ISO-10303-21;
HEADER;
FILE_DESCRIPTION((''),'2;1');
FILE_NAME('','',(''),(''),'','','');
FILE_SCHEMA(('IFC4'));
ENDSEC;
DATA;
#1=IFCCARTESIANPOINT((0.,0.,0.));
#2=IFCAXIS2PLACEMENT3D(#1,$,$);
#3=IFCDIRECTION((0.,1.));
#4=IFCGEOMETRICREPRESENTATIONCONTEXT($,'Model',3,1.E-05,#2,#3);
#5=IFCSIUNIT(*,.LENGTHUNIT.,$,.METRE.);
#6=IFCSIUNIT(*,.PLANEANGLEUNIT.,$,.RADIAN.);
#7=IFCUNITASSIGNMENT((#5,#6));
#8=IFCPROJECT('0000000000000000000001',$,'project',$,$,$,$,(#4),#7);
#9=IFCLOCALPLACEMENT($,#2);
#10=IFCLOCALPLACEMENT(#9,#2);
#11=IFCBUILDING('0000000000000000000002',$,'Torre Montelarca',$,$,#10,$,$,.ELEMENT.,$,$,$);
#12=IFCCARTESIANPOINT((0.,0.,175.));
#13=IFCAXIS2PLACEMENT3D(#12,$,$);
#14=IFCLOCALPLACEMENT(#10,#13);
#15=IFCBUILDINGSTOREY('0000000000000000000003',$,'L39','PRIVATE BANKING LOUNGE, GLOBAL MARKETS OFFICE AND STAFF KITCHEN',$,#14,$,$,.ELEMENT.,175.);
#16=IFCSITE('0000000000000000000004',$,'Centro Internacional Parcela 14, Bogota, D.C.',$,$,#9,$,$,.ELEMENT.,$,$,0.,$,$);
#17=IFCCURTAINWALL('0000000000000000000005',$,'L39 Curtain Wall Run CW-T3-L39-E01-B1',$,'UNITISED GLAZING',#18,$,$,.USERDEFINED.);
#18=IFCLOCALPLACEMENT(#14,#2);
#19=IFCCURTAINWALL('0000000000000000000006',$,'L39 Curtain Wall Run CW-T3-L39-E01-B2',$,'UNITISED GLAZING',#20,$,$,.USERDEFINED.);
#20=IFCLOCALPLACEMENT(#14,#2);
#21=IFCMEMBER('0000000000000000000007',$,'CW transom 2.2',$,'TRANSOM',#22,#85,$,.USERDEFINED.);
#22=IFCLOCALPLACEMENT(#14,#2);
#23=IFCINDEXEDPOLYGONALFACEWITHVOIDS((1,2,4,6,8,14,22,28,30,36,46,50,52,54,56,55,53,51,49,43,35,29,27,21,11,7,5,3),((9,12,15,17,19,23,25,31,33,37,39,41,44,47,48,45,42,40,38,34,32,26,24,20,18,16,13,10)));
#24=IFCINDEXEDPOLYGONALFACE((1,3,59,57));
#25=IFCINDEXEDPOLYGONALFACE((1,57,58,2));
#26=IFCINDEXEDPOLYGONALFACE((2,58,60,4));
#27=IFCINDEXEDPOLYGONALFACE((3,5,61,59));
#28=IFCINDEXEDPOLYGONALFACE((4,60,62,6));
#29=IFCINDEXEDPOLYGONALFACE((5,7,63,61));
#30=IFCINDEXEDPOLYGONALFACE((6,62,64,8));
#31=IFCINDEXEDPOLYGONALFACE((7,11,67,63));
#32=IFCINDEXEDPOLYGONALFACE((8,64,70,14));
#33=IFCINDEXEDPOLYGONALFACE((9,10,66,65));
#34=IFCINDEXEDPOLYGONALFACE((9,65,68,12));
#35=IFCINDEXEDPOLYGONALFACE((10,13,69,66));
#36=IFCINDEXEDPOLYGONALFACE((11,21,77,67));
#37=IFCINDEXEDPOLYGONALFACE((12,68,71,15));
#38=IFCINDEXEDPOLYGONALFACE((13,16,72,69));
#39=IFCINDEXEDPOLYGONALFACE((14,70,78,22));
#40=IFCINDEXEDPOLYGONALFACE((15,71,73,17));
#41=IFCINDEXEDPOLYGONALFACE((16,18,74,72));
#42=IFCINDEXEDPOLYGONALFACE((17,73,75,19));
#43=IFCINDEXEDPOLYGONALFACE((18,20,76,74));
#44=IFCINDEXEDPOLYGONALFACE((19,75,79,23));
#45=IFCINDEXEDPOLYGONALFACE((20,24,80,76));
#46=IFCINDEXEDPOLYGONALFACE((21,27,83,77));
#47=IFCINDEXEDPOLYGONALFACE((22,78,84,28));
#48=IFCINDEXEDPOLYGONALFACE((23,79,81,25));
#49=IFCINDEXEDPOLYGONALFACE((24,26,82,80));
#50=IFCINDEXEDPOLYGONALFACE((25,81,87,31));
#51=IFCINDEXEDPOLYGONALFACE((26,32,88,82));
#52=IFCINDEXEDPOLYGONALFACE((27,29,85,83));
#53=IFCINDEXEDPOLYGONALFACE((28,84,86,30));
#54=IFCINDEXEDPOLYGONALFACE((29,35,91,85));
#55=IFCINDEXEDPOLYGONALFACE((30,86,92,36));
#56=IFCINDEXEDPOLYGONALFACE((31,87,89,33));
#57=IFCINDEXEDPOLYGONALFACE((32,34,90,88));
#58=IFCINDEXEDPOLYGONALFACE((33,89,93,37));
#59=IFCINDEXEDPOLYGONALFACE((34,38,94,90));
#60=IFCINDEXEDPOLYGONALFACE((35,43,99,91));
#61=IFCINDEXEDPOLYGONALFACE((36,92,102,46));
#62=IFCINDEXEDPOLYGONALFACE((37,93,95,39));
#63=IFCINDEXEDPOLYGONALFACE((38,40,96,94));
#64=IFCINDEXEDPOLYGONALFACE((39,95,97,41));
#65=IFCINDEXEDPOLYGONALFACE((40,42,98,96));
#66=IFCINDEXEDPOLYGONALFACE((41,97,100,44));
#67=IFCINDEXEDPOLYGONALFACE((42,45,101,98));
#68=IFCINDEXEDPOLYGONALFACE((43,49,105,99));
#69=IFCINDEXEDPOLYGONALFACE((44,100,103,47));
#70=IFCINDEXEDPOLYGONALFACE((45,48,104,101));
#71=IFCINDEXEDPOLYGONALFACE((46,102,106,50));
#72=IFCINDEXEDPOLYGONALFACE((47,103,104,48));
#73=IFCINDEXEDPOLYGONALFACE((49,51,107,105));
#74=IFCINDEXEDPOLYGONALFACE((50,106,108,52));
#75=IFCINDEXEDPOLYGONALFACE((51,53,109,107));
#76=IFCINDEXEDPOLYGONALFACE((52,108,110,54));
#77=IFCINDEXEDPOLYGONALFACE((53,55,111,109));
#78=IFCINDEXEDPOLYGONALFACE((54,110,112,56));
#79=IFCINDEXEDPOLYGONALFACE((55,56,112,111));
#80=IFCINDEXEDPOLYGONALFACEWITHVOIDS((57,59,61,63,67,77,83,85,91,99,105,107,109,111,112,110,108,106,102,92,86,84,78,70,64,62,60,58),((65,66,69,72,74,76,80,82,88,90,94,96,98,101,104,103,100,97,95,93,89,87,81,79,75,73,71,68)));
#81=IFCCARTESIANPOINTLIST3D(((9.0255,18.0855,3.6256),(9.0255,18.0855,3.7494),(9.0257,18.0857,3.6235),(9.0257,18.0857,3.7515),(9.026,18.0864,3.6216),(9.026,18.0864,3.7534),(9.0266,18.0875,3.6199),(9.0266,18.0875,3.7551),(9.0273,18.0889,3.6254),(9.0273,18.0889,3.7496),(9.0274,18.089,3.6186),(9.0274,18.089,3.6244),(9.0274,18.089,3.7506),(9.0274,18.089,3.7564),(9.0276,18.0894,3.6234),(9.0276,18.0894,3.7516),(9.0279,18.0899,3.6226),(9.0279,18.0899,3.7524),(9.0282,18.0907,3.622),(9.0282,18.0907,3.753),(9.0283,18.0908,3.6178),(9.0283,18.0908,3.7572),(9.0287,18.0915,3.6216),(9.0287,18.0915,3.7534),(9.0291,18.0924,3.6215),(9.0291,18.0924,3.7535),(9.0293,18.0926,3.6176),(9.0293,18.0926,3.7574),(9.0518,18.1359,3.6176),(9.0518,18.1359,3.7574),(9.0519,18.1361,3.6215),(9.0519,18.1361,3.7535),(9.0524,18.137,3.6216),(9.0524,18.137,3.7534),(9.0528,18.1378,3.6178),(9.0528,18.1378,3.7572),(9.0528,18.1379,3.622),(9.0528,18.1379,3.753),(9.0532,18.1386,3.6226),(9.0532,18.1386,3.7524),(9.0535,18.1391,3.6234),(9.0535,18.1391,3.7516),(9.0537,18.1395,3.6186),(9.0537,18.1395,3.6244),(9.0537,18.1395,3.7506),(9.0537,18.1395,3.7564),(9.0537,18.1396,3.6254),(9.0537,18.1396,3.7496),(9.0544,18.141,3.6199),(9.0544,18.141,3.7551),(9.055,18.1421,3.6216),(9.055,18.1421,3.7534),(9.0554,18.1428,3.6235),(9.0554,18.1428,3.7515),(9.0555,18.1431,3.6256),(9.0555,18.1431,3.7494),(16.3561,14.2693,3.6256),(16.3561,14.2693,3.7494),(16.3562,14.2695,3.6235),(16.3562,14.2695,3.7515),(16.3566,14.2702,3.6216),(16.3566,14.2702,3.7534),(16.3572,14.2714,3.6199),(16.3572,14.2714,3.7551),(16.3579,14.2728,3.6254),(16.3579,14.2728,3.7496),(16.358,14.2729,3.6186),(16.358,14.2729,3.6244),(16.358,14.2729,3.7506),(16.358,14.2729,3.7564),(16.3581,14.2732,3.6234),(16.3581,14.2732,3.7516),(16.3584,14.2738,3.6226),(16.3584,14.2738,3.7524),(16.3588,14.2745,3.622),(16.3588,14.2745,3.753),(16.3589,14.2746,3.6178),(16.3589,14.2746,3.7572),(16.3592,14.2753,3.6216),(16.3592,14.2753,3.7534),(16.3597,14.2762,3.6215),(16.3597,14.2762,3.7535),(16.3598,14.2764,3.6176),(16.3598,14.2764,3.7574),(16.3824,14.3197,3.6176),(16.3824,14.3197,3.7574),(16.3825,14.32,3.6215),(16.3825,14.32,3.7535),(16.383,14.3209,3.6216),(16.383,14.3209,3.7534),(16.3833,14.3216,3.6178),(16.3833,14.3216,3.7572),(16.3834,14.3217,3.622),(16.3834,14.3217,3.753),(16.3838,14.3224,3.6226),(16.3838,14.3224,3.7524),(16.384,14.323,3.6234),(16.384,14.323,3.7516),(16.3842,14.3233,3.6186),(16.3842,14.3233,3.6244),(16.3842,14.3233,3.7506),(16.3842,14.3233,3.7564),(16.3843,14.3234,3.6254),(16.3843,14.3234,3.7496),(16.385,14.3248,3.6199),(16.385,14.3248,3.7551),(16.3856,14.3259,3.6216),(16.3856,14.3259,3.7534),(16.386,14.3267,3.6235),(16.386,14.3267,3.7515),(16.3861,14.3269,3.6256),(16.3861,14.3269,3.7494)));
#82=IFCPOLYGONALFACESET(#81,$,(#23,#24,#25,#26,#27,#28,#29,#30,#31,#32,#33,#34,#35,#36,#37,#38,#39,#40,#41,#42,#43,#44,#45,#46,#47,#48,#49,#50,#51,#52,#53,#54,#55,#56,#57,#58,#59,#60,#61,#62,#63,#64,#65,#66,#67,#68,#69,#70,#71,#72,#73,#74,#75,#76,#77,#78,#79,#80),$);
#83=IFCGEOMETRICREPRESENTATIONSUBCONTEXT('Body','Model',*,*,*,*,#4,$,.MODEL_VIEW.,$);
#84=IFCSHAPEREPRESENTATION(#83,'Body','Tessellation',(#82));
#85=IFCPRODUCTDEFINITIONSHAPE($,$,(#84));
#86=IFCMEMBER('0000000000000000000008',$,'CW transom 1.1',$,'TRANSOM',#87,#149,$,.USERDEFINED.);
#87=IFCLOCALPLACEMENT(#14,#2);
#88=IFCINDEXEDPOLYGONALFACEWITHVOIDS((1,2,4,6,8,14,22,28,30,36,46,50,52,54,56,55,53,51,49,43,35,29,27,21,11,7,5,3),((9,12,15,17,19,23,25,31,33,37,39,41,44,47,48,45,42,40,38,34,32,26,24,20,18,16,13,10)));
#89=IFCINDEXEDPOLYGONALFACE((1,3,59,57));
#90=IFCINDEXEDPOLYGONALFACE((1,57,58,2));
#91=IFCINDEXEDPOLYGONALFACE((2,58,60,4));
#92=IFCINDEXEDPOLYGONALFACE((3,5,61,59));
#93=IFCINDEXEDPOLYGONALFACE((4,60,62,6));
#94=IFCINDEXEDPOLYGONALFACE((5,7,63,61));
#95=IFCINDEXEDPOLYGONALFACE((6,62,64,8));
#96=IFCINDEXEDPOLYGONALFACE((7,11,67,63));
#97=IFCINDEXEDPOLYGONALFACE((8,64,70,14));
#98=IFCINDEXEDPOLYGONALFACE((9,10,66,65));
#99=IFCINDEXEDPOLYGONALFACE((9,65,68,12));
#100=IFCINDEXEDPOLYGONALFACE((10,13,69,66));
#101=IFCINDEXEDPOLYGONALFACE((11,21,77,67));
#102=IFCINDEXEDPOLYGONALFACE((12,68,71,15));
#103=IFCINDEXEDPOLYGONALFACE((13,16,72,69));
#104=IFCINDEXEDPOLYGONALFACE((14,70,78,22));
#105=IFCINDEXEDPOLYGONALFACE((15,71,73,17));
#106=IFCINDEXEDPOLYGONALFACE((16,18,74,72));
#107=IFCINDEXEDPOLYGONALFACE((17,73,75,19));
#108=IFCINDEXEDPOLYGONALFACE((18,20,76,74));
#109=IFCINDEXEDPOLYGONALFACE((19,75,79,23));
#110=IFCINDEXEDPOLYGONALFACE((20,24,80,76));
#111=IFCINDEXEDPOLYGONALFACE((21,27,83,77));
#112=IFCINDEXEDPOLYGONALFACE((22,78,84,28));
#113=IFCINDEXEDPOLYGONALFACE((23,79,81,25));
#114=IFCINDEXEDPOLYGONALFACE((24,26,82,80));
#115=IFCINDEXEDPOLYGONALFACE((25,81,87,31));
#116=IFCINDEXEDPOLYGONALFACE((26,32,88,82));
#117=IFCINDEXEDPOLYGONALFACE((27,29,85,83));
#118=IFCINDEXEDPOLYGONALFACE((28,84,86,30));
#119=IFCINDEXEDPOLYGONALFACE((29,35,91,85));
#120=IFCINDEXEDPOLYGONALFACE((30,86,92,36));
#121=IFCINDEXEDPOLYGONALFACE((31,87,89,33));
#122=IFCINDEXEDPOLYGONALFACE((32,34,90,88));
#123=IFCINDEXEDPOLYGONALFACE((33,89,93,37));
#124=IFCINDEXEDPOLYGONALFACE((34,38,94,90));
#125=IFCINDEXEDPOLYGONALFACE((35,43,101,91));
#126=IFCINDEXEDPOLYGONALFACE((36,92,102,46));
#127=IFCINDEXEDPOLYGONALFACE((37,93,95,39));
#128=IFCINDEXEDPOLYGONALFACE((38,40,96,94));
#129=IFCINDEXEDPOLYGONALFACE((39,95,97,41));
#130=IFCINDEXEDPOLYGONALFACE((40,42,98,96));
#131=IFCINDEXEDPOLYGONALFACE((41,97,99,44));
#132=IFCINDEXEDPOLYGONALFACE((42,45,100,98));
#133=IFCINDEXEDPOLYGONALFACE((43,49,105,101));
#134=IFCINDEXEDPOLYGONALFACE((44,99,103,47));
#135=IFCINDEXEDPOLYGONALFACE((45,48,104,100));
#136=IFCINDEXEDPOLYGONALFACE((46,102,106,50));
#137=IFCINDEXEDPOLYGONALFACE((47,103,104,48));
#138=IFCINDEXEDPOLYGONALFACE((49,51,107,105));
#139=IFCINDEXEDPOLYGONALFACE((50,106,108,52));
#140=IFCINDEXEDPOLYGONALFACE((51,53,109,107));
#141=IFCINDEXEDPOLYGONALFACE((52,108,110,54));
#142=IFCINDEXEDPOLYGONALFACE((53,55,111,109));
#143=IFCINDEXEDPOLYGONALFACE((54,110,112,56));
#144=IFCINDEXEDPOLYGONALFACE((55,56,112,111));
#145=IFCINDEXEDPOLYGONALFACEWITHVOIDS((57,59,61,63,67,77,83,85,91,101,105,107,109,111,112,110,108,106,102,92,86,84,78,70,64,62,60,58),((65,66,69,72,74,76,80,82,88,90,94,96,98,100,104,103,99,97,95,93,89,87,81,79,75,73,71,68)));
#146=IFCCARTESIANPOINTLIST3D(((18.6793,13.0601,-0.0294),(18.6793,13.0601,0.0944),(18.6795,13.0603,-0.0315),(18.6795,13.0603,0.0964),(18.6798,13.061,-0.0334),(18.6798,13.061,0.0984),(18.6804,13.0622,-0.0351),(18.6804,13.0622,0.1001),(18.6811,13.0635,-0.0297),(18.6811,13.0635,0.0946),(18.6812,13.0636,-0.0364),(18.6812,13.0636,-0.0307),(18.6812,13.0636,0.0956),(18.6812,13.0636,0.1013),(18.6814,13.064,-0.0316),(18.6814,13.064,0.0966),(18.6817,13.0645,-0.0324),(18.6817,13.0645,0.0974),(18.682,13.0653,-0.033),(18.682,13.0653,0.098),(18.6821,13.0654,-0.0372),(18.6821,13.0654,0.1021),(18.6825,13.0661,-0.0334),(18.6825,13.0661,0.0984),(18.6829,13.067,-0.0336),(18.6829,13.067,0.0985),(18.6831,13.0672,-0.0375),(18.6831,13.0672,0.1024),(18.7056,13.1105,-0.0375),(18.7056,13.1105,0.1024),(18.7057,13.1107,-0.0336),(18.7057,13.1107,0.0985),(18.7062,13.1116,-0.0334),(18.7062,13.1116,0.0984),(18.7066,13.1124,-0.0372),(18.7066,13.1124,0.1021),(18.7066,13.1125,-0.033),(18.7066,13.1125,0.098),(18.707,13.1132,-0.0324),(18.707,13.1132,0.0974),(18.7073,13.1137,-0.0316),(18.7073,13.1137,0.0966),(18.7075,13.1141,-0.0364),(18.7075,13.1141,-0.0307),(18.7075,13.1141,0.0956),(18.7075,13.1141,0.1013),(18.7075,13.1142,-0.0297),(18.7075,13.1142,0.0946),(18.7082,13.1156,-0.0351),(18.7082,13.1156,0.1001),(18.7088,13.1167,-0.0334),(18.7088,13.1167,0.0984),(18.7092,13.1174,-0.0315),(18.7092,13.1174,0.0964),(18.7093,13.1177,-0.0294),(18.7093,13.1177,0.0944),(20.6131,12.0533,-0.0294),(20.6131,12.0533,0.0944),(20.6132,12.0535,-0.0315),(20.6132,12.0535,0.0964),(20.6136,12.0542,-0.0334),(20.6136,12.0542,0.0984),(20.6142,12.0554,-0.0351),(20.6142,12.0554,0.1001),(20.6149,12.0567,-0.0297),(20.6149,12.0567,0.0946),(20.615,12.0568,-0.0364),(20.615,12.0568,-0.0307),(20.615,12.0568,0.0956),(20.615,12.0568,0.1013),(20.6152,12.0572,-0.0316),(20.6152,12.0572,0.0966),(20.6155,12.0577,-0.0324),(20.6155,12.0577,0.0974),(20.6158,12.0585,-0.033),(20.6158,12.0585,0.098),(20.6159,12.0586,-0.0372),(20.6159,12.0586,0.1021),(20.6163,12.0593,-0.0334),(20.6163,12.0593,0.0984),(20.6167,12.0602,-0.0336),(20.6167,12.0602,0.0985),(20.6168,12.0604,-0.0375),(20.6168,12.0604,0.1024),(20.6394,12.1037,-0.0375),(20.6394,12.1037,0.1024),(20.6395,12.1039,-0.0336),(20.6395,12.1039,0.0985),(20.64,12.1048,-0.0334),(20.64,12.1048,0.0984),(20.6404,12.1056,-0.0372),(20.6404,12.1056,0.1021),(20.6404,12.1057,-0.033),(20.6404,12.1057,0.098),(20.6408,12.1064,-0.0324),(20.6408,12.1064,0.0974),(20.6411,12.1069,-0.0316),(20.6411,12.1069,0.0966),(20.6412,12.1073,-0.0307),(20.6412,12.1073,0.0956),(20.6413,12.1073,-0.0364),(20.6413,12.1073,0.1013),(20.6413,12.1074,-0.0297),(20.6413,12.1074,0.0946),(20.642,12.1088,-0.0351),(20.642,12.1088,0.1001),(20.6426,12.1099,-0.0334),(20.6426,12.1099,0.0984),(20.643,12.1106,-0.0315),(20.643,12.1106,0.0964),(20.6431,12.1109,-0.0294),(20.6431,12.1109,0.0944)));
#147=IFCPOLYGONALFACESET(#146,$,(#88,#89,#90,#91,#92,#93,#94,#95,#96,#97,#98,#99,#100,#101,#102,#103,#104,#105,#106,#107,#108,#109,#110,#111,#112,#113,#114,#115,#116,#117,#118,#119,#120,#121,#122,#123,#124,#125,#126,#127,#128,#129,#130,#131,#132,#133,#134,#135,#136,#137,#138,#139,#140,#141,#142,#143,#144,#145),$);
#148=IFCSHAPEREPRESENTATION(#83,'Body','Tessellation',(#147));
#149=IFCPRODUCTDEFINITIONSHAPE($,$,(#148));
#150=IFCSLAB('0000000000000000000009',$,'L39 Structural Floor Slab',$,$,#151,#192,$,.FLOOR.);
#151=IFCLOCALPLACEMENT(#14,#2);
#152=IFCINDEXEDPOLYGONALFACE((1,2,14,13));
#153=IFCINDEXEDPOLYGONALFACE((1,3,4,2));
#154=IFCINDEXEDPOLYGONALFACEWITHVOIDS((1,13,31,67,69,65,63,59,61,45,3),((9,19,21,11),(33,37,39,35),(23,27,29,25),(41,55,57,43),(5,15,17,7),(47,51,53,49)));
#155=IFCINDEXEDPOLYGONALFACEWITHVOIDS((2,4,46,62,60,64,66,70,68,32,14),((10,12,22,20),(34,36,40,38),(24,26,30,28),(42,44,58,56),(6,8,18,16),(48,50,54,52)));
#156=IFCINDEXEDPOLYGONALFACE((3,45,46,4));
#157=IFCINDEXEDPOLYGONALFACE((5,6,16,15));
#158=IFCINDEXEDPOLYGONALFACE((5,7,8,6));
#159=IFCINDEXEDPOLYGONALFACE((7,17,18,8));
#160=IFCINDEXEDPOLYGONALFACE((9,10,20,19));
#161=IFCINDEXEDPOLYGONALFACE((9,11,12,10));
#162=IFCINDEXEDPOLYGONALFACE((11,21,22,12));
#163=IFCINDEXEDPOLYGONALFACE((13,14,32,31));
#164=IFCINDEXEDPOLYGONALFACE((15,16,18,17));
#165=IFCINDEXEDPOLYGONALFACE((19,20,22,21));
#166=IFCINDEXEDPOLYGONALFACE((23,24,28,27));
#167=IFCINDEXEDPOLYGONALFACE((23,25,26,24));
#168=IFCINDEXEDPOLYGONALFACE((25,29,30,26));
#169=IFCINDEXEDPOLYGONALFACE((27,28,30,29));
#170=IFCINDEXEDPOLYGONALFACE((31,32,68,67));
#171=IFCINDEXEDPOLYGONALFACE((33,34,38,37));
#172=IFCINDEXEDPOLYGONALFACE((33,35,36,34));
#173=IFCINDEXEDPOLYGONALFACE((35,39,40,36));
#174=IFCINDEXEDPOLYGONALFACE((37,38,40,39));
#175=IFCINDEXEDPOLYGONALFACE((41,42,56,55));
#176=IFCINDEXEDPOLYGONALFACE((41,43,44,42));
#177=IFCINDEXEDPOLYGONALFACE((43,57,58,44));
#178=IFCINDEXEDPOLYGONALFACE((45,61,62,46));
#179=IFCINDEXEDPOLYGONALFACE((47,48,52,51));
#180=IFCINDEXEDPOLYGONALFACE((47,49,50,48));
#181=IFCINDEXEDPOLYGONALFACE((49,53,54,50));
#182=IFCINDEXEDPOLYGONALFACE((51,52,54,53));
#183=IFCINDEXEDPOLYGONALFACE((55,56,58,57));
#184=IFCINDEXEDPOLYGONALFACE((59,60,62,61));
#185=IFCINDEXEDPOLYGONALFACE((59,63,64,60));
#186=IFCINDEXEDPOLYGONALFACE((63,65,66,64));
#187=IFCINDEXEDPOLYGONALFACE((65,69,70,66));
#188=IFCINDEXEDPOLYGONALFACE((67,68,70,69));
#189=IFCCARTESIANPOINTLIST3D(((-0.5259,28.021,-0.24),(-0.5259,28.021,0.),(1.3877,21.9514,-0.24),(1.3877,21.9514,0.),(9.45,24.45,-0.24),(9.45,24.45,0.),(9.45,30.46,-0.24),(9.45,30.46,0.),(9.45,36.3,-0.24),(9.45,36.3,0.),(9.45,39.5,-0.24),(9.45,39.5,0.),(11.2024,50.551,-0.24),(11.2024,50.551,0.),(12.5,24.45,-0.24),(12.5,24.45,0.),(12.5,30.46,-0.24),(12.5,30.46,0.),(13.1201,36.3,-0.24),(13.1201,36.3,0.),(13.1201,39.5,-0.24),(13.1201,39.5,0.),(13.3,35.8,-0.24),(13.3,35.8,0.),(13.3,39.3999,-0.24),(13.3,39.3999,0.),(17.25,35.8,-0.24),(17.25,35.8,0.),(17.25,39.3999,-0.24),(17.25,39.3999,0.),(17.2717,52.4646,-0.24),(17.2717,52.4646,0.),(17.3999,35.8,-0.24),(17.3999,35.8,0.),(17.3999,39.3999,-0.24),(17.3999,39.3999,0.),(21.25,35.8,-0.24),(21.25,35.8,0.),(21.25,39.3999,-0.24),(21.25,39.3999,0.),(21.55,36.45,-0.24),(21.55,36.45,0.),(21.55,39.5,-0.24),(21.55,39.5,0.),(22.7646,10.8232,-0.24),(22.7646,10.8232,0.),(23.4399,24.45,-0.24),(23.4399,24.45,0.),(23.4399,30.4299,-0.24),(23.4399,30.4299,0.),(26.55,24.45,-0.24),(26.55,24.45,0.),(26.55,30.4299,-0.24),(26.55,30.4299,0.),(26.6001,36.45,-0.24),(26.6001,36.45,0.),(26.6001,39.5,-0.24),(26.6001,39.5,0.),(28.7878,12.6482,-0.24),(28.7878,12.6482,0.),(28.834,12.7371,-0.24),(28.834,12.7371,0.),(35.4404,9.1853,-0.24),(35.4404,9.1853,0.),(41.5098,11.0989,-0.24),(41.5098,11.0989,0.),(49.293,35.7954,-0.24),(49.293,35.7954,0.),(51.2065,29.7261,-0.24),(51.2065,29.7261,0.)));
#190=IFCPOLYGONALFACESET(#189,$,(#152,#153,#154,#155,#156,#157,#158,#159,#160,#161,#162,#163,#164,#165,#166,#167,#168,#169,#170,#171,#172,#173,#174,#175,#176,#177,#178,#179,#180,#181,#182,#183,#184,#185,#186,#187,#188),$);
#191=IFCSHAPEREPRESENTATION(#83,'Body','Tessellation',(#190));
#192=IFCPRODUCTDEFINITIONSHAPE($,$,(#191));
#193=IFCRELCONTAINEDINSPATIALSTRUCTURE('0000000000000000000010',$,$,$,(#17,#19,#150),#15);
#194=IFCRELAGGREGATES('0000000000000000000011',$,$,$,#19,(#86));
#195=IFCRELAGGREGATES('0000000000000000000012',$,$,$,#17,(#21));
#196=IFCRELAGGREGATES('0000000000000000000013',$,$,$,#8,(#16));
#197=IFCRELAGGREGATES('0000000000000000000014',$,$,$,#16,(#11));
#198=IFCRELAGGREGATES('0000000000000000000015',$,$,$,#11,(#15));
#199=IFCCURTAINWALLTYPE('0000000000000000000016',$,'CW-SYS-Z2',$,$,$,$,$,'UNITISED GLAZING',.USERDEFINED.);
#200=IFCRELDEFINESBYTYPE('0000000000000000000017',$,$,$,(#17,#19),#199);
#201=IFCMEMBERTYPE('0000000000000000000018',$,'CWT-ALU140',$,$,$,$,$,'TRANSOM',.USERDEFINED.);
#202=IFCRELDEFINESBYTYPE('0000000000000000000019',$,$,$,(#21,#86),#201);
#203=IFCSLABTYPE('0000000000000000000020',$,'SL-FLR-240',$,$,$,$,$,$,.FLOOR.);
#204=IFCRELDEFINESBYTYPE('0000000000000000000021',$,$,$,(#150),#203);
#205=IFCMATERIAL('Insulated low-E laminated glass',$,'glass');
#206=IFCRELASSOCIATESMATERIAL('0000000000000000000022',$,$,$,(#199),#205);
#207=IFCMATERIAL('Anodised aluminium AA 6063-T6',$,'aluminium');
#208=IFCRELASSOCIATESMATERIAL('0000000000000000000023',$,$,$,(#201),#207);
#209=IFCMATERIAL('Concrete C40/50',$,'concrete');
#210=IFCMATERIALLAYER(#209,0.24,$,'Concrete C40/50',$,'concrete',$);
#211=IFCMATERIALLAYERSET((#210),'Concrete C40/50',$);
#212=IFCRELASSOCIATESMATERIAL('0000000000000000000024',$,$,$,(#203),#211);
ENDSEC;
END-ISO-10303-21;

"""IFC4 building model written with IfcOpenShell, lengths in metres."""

from ifc_helpers import new_model, si_unit, direction, frame, origin, origin_2d, place, context, subcontext, project, spatial, polyline, hollow_rectangle, outline, extrude, source, transform, mapped, material, layer, layer_set, material_profile, profile_set, type_object, element, aggregate, save


model = new_model("IFC4")

# Units and contexts
model_context = context("Model", 3, precision=1e-05, world=origin(), true_north=direction((0.0, 1.0)))
body_context = subcontext(model_context, "Body", "Model", "MODEL_VIEW")
ifc_project = project(units=[si_unit("LENGTHUNIT", "METRE"), si_unit("PLANEANGLEUNIT", "RADIAN")], contexts=[model_context])

# Site, building, storey
site_placement = place(None, origin())
site = spatial("IfcSite", under=ifc_project, at=site_placement, Name="Centro Internacional Parcela 14, Bogota, D.C.", CompositionType="ELEMENT", RefElevation=0.0)
building_placement = place(site_placement, origin())
building = spatial("IfcBuilding", under=site, at=building_placement, Name="Torre Montelarca", CompositionType="ELEMENT")
storey_placement = place(building_placement, frame((0.0, 0.0, 175.0)))
storey = spatial("IfcBuildingStorey", under=building, at=storey_placement, Name="L39", Description="PRIVATE BANKING LOUNGE, GLOBAL MARKETS OFFICE AND STAFF KITCHEN", CompositionType="ELEMENT", Elevation=175.0)

# Curtain wall
ifc_material_1 = material(Name="Insulated low-E laminated glass", Category="glass")
curtain_wall_type = type_object("IfcCurtainWallType", Name="CW-SYS-Z2", ElementType="UNITISED GLAZING", PredefinedType="USERDEFINED", material=ifc_material_1)
curtain_wall_1_placement = place(storey_placement, origin())
curtain_wall_1 = element("IfcCurtainWall", 1, at=curtain_wall_1_placement, inside=storey, type_object=curtain_wall_type, Name="L39 Curtain Wall Run CW-T3-L39-E01-B1", ObjectType="UNITISED GLAZING", PredefinedType="USERDEFINED")
ifc_material_2 = material(Name="Anodised aluminium AA 6063-T6", Category="aluminium")

# Curtain wall
curtain_wall_2_placement = place(storey_placement, origin())
curtain_wall_2 = element("IfcCurtainWall", 2, at=curtain_wall_2_placement, inside=storey, type_object=curtain_wall_type, Name="L39 Curtain Wall Run CW-T3-L39-E01-B2", ObjectType="UNITISED GLAZING", PredefinedType="USERDEFINED")

# Members
ifc_material_profile_1 = material_profile(ifc_material_2, hollow_rectangle(XDim=0.0649, YDim=0.1399, WallThickness=0.0039, InnerFilletRadius=0.0039, OuterFilletRadius=0.0081, at=origin_2d()), Name="ALU65X140X4", Category="aluminium")
ifc_profile_set_1 = profile_set([ifc_material_profile_1], Name="Anodised aluminium AA 6063-T6")
member_type_1 = type_object("IfcMemberType", Name="CWT-ALU140", ElementType="TRANSOM", PredefinedType="USERDEFINED", material=ifc_profile_set_1)
shared_shape_1 = source(origin(), body_context, "Body", "SweptSolid", [
    extrude(hollow_rectangle(XDim=0.0649, YDim=0.1399, WallThickness=0.0039, InnerFilletRadius=0.0039, OuterFilletRadius=0.0081, at=origin_2d()), origin(), (0.0, 0.0, 1.0), 8.2644),
])
member_1_placement = place(storey_placement, frame((9.0405, 18.1143, 3.6875), z_axis=(0.887005, -0.461759, 0.0), x_axis=(0.461759, 0.887005, 0.0)))
member_1 = element("IfcMember", 3, at=member_1_placement, type_object=member_type_1, Name="CW transom 2.2", ObjectType="TRANSOM", PredefinedType="USERDEFINED", context=body_context, shape_type="MappedRepresentation", body=[
    mapped(shared_shape_1, transform((0.0, 0.0, 0.0), scale=1.0)),
])
shared_shape_2 = source(origin(), body_context, "Body", "SweptSolid", [
    extrude(hollow_rectangle(XDim=0.0649, YDim=0.1399, WallThickness=0.0039, InnerFilletRadius=0.0039, OuterFilletRadius=0.0081, at=origin_2d()), origin(), (0.0, 0.0, 1.0), 2.1802),
])
member_2_placement = place(storey_placement, frame((18.6943, 13.0889, 0.0325), z_axis=(0.886984, -0.4618, 0.0), x_axis=(0.4618, 0.886984, 0.0)))
member_2 = element("IfcMember", 4, at=member_2_placement, type_object=member_type_1, Name="CW transom 1.1", ObjectType="TRANSOM", PredefinedType="USERDEFINED", context=body_context, shape_type="MappedRepresentation", body=[
    mapped(shared_shape_2, transform((0.0, 0.0, 0.0), scale=1.0)),
])
aggregate(curtain_wall_2, [member_2])

# Slab
ifc_material_3 = material(Name="Concrete C40/50", Category="concrete")
ifc_layer_1 = layer(ifc_material_3, 0.24, Name="Concrete C40/50", Category="concrete")
ifc_layer_set_1 = layer_set([ifc_layer_1], Name="Concrete C40/50")
slab_type_1 = type_object("IfcSlabType", Name="SL-FLR-240", PredefinedType="FLOOR", material=ifc_layer_set_1)
slab_1_placement = place(storey_placement, frame((0.0, 0.0, -0.24)))
element("IfcSlab", 5, at=slab_1_placement, inside=storey, type_object=slab_type_1, Name="L39 Structural Floor Slab", PredefinedType="FLOOR", context=body_context, shape_type="SweptSolid", body=[
    extrude(outline(polyline([(22.7646, 10.8232), (28.834, 12.7371), (28.7878, 12.6482), (35.4404, 9.1853), (41.5098, 11.0989), (51.2065, 29.7261), (49.293, 35.7954), (17.2717, 52.4646), (11.2024, 50.551), (-0.5259, 28.021), (1.3877, 21.9514), (22.7646, 10.8232)]), holes=[polyline([(26.55, 24.45), (23.4399, 24.45), (23.4399, 30.4299), (26.55, 30.4299), (26.55, 24.45)]), polyline([(9.45, 24.45), (9.45, 30.46), (12.5, 30.46), (12.5, 24.45), (9.45, 24.45)]), polyline([(17.25, 35.8), (13.3, 35.8), (13.3, 39.3999), (17.25, 39.3999), (17.25, 35.8)]), polyline([(21.25, 39.3999), (21.25, 35.8), (17.3999, 35.8), (17.3999, 39.3999), (21.25, 39.3999)]), polyline([(13.1201, 36.3), (9.45, 36.3), (9.45, 39.5), (13.1201, 39.5), (13.1201, 36.3)]), polyline([(26.6001, 36.45), (21.55, 36.45), (21.55, 39.5), (26.6001, 39.5), (26.6001, 36.45)])]), origin(), (0.0, 0.0, 1.0), 0.24),
])

aggregate(curtain_wall_1, [member_1])

save(model, "model.ifc")
